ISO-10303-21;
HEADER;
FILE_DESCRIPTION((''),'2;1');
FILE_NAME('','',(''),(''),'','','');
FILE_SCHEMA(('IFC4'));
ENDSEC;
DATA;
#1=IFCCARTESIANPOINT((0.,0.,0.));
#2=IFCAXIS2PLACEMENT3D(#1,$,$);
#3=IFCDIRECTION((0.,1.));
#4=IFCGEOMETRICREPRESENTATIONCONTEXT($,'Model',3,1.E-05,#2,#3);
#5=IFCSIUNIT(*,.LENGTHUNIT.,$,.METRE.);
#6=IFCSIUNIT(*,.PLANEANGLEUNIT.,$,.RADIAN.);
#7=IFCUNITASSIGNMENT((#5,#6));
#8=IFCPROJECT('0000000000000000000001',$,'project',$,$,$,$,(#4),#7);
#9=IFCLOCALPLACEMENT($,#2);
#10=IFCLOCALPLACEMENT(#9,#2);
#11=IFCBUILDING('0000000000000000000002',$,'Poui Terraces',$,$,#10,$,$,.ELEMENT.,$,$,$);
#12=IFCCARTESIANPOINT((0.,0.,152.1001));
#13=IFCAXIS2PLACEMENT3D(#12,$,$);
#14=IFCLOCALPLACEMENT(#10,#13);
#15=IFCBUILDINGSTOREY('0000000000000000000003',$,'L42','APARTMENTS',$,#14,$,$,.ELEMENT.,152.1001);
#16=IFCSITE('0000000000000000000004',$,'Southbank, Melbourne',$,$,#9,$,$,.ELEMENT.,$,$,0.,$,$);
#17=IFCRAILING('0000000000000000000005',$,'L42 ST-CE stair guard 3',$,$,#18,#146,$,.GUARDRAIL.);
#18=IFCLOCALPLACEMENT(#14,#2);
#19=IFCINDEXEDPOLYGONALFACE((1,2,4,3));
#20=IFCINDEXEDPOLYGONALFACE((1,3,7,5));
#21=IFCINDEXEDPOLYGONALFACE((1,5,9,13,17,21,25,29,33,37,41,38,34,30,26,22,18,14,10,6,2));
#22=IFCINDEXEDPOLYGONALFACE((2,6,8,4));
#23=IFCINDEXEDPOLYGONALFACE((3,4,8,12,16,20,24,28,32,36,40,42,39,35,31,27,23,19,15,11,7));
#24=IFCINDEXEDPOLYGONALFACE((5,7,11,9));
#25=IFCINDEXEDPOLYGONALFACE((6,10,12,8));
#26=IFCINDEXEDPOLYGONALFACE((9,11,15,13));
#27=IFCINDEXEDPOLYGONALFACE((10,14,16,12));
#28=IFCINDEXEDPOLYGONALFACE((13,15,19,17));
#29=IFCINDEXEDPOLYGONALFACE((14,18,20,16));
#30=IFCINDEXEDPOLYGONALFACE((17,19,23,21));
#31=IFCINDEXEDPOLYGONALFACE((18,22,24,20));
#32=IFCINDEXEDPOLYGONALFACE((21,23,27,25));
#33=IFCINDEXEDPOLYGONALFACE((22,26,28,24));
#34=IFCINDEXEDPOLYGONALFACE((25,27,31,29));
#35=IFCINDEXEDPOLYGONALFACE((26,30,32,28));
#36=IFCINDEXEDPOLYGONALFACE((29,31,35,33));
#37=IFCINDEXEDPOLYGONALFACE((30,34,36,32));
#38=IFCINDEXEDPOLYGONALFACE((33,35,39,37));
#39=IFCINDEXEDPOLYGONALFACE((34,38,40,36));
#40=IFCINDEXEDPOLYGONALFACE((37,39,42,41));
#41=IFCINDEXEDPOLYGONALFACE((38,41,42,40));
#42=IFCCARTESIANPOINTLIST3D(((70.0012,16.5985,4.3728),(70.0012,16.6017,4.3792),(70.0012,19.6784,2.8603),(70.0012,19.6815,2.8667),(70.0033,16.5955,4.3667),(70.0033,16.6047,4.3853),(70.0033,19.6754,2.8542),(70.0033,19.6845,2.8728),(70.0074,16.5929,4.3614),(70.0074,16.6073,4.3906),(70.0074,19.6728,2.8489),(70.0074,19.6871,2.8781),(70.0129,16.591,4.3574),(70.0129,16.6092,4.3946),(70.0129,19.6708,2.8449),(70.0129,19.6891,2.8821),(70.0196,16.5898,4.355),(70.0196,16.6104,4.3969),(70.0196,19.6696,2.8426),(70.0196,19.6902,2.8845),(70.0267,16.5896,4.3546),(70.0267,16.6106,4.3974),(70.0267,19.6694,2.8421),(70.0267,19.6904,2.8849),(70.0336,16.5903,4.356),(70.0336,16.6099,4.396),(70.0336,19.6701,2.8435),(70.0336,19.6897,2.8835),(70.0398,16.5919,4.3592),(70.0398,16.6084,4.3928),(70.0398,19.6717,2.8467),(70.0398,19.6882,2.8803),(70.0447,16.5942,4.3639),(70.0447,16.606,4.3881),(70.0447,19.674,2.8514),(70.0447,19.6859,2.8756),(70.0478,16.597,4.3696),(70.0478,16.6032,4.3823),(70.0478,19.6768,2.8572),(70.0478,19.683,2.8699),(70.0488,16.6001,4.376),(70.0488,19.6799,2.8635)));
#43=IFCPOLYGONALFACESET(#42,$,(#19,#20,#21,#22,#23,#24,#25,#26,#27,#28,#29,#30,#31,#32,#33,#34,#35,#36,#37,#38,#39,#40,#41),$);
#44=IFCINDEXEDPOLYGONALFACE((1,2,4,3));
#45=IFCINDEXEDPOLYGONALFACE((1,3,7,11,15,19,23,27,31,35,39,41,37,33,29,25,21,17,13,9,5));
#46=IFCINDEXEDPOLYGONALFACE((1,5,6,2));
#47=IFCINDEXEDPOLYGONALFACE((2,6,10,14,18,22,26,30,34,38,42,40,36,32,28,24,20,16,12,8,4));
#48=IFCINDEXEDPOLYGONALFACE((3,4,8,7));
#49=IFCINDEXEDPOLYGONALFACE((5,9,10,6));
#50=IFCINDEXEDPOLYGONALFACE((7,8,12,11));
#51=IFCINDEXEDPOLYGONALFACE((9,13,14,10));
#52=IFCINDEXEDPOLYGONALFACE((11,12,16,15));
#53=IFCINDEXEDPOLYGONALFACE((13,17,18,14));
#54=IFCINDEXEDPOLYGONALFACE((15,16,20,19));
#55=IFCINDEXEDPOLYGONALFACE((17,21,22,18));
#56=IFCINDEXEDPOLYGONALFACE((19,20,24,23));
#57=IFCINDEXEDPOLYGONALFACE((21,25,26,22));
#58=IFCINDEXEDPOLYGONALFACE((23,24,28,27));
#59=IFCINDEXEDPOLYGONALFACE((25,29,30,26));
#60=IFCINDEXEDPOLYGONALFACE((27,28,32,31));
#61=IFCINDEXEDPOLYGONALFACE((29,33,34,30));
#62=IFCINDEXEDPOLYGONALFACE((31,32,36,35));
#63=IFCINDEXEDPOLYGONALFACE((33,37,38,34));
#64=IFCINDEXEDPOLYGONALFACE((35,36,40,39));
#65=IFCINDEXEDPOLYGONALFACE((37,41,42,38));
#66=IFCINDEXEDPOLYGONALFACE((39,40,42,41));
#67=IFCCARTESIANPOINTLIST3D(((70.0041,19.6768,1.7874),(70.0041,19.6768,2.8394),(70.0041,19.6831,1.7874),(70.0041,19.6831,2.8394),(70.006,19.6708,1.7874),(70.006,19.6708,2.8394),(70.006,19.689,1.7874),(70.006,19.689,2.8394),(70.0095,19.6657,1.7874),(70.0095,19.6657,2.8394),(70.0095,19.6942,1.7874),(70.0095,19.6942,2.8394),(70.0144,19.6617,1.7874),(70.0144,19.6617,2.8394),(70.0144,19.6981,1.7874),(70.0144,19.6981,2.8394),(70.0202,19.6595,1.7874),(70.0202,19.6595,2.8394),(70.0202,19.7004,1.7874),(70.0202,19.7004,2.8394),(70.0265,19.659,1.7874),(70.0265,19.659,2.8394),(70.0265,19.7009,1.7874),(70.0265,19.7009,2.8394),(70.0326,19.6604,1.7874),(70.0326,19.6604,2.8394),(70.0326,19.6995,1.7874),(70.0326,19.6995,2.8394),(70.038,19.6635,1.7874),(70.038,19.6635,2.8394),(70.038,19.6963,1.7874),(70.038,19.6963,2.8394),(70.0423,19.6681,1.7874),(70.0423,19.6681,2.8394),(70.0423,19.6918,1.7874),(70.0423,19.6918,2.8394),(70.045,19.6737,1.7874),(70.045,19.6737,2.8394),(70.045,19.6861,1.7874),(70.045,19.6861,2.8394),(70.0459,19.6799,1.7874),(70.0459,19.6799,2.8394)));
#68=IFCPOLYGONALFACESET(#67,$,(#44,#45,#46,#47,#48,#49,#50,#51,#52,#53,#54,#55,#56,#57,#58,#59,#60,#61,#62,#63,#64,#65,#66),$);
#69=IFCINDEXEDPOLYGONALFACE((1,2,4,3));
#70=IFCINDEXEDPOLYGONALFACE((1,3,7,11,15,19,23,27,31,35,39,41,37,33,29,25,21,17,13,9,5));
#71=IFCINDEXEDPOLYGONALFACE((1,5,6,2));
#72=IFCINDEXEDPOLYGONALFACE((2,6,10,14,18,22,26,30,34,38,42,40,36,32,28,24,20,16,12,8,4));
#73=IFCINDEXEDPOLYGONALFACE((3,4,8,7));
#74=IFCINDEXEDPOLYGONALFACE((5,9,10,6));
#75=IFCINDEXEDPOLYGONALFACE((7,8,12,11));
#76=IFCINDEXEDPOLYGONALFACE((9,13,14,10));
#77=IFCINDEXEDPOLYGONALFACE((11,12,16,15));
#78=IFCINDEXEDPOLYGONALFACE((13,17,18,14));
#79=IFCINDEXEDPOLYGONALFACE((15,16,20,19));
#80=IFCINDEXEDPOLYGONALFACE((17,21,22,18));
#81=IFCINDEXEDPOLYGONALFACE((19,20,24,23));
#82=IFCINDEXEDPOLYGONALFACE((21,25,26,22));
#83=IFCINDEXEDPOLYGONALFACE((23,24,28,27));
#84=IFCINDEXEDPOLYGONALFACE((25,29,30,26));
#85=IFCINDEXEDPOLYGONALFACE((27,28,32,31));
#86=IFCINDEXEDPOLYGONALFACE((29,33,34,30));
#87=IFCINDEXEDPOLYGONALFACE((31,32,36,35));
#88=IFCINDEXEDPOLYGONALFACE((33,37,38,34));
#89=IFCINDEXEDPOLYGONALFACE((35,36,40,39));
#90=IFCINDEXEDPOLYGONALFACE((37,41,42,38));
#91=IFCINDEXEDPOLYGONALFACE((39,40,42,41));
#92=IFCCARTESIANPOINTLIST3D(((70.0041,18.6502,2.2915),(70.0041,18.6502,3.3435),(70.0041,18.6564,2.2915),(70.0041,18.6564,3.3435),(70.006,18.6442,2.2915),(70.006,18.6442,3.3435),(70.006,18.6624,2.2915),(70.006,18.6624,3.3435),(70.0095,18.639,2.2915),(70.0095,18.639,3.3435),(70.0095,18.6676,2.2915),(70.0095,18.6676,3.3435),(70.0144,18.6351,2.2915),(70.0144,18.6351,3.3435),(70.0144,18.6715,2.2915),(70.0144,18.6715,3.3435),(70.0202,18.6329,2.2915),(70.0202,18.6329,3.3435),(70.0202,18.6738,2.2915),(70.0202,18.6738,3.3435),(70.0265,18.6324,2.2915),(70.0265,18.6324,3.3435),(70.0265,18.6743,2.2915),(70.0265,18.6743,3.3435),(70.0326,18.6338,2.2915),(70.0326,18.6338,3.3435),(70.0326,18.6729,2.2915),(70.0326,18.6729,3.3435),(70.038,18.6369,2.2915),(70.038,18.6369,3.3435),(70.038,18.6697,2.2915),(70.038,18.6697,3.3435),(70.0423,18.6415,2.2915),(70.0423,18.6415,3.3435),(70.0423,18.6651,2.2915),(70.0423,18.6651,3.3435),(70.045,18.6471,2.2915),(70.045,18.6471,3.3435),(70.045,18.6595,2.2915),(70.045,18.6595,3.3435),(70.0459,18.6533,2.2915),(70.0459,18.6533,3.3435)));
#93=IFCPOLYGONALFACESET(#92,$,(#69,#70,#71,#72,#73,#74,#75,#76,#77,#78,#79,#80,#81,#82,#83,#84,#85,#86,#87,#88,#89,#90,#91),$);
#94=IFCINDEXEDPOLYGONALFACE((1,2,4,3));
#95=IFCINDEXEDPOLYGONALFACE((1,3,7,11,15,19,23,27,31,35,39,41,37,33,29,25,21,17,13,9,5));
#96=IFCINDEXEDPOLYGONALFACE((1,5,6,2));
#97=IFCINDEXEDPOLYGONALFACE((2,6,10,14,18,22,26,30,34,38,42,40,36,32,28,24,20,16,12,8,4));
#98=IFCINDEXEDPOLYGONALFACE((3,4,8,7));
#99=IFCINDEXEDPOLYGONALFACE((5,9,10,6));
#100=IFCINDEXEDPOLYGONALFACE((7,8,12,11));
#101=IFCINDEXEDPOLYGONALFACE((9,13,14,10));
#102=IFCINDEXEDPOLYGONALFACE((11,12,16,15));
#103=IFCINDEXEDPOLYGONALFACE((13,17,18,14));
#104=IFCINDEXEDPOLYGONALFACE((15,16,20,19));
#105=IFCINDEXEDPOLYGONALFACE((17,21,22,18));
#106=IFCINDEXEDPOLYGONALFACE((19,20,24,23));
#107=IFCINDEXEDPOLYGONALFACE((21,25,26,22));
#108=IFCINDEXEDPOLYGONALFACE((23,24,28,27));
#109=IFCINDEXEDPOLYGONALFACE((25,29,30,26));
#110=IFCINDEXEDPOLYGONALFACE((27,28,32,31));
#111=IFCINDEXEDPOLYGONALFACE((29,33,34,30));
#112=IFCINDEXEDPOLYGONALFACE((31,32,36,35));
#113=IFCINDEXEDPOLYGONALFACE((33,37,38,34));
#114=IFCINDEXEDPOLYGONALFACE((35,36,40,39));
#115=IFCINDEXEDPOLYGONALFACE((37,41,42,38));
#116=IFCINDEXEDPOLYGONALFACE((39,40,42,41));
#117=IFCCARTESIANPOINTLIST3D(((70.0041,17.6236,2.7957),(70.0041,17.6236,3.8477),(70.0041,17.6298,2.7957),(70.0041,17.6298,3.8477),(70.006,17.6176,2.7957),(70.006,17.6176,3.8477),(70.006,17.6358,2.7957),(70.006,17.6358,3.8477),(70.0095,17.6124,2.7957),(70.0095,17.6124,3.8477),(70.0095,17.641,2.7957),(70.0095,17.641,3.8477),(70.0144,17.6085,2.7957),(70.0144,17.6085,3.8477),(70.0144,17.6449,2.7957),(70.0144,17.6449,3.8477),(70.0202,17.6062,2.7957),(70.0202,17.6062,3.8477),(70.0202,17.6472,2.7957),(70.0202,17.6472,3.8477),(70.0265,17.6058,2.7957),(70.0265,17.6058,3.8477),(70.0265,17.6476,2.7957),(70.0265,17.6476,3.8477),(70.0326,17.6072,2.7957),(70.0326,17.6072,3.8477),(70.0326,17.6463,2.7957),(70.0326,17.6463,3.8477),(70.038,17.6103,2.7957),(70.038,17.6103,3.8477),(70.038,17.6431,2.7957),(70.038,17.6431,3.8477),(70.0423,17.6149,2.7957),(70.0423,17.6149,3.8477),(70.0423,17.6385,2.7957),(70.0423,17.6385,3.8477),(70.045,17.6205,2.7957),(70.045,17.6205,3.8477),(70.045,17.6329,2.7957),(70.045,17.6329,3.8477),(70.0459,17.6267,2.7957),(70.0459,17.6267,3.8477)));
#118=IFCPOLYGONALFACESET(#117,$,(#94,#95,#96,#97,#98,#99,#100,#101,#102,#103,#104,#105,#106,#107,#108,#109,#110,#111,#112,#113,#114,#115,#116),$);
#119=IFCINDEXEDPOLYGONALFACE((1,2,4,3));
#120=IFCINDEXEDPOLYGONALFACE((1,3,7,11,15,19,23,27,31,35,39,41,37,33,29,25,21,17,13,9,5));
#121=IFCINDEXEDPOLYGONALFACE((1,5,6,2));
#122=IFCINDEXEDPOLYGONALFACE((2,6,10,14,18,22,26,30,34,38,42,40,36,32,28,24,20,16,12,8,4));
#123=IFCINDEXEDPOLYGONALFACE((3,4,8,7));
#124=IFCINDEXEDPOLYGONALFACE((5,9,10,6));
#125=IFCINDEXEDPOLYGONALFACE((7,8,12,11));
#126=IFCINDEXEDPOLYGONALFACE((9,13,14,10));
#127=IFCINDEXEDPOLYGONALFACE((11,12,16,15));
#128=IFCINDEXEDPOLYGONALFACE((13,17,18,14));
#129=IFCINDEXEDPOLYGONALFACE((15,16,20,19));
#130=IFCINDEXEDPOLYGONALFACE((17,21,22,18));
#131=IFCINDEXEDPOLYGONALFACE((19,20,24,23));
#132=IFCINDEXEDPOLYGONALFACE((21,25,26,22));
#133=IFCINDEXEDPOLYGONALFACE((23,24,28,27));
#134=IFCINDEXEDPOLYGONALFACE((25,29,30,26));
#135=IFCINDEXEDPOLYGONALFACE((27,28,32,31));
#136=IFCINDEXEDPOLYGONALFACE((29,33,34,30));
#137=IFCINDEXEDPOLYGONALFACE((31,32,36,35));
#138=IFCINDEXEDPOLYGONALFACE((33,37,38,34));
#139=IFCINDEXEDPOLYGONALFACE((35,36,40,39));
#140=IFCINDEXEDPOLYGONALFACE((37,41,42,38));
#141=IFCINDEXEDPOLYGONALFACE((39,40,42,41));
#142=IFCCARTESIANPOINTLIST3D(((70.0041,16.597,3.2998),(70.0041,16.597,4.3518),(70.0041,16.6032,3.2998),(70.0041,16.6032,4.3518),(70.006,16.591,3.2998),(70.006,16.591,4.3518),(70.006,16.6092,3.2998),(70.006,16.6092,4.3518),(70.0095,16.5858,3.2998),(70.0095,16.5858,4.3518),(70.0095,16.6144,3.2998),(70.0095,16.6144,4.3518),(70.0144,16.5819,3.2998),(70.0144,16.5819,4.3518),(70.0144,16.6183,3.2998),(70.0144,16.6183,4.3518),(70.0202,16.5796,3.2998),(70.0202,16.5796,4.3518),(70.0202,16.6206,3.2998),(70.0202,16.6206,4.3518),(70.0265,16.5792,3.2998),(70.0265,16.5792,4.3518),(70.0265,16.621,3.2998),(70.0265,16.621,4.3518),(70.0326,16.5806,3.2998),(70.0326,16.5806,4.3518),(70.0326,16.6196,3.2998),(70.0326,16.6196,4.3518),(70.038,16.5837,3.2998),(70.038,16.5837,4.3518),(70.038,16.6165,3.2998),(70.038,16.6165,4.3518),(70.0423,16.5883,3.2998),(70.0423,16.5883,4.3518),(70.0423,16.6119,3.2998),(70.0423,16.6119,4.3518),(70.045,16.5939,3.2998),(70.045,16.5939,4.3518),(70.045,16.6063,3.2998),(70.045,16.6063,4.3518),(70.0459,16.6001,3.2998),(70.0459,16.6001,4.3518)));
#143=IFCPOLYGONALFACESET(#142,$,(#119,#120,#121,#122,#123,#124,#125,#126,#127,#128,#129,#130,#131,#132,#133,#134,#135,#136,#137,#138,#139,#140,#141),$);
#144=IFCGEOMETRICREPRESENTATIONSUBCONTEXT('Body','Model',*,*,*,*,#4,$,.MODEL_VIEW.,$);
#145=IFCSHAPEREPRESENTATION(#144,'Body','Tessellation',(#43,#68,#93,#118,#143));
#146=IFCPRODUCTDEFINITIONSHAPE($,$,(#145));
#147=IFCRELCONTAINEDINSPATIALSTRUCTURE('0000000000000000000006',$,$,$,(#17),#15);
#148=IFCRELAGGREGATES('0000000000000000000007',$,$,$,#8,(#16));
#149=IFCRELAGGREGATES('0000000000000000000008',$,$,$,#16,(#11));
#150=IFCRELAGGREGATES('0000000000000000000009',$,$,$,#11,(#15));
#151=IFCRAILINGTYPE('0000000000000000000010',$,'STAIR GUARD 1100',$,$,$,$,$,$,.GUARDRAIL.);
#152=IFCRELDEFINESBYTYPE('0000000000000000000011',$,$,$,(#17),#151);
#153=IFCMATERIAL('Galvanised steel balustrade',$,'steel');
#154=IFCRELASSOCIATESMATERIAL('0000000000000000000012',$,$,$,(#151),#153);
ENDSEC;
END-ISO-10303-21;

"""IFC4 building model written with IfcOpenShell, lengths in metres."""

from ifc_helpers import new_model, si_unit, direction, frame, origin, origin_2d, place, context, subcontext, project, spatial, circle, extrude, material, type_object, element, save


model = new_model("IFC4")

# Units and contexts
model_context = context("Model", 3, precision=1e-05, world=origin(), true_north=direction((0.0, 1.0)))
body_context = subcontext(model_context, "Body", "Model", "MODEL_VIEW")
ifc_project = project(units=[si_unit("LENGTHUNIT", "METRE"), si_unit("PLANEANGLEUNIT", "RADIAN")], contexts=[model_context])

# Site, building, storey
site_placement = place(None, origin())
site = spatial("IfcSite", under=ifc_project, at=site_placement, Name="Southbank, Melbourne", CompositionType="ELEMENT", RefElevation=0.0)
building_placement = place(site_placement, origin())
building = spatial("IfcBuilding", under=site, at=building_placement, Name="Poui Terraces", CompositionType="ELEMENT")
storey_placement = place(building_placement, frame((0.0, 0.0, 152.1001)))
storey = spatial("IfcBuildingStorey", under=building, at=storey_placement, Name="L42", Description="APARTMENTS", CompositionType="ELEMENT", Elevation=152.1001)

# Railing
ifc_material_1 = material(Name="Galvanised steel balustrade", Category="steel")
railing_type_1 = type_object("IfcRailingType", Name="STAIR GUARD 1100", PredefinedType="GUARDRAIL", material=ifc_material_1)
railing_1_placement = place(storey_placement, frame((70.0249, 19.6799, 1.7874)))
element("IfcRailing", 1, at=railing_1_placement, inside=storey, type_object=railing_type_1, Name="L42 ST-CE stair guard 3", PredefinedType="GUARDRAIL", context=body_context, shape_type="SweptSolid", body=[
    extrude(circle(Radius=0.0239, at=origin_2d()), frame((0.0, 0.0, 1.0762), z_axis=(0.0, -0.897606, 0.440798), x_axis=(1.0, 0.0, 0.0)), (0.0, 0.0, 1.0), 3.4312),
    extrude(circle(Radius=0.021, at=origin_2d()), origin(), (0.0, 0.0, 1.0), 1.052),
    extrude(circle(Radius=0.021, at=origin_2d()), frame((0.0, -1.0266, 0.5042)), (0.0, 0.0, 1.0), 1.052),
    extrude(circle(Radius=0.021, at=origin_2d()), frame((0.0, -2.0532, 1.0083)), (0.0, 0.0, 1.0), 1.052),
    extrude(circle(Radius=0.021, at=origin_2d()), frame((0.0, -3.0798, 1.5125)), (0.0, 0.0, 1.0), 1.052),
])

save(model, "model.ifc")
